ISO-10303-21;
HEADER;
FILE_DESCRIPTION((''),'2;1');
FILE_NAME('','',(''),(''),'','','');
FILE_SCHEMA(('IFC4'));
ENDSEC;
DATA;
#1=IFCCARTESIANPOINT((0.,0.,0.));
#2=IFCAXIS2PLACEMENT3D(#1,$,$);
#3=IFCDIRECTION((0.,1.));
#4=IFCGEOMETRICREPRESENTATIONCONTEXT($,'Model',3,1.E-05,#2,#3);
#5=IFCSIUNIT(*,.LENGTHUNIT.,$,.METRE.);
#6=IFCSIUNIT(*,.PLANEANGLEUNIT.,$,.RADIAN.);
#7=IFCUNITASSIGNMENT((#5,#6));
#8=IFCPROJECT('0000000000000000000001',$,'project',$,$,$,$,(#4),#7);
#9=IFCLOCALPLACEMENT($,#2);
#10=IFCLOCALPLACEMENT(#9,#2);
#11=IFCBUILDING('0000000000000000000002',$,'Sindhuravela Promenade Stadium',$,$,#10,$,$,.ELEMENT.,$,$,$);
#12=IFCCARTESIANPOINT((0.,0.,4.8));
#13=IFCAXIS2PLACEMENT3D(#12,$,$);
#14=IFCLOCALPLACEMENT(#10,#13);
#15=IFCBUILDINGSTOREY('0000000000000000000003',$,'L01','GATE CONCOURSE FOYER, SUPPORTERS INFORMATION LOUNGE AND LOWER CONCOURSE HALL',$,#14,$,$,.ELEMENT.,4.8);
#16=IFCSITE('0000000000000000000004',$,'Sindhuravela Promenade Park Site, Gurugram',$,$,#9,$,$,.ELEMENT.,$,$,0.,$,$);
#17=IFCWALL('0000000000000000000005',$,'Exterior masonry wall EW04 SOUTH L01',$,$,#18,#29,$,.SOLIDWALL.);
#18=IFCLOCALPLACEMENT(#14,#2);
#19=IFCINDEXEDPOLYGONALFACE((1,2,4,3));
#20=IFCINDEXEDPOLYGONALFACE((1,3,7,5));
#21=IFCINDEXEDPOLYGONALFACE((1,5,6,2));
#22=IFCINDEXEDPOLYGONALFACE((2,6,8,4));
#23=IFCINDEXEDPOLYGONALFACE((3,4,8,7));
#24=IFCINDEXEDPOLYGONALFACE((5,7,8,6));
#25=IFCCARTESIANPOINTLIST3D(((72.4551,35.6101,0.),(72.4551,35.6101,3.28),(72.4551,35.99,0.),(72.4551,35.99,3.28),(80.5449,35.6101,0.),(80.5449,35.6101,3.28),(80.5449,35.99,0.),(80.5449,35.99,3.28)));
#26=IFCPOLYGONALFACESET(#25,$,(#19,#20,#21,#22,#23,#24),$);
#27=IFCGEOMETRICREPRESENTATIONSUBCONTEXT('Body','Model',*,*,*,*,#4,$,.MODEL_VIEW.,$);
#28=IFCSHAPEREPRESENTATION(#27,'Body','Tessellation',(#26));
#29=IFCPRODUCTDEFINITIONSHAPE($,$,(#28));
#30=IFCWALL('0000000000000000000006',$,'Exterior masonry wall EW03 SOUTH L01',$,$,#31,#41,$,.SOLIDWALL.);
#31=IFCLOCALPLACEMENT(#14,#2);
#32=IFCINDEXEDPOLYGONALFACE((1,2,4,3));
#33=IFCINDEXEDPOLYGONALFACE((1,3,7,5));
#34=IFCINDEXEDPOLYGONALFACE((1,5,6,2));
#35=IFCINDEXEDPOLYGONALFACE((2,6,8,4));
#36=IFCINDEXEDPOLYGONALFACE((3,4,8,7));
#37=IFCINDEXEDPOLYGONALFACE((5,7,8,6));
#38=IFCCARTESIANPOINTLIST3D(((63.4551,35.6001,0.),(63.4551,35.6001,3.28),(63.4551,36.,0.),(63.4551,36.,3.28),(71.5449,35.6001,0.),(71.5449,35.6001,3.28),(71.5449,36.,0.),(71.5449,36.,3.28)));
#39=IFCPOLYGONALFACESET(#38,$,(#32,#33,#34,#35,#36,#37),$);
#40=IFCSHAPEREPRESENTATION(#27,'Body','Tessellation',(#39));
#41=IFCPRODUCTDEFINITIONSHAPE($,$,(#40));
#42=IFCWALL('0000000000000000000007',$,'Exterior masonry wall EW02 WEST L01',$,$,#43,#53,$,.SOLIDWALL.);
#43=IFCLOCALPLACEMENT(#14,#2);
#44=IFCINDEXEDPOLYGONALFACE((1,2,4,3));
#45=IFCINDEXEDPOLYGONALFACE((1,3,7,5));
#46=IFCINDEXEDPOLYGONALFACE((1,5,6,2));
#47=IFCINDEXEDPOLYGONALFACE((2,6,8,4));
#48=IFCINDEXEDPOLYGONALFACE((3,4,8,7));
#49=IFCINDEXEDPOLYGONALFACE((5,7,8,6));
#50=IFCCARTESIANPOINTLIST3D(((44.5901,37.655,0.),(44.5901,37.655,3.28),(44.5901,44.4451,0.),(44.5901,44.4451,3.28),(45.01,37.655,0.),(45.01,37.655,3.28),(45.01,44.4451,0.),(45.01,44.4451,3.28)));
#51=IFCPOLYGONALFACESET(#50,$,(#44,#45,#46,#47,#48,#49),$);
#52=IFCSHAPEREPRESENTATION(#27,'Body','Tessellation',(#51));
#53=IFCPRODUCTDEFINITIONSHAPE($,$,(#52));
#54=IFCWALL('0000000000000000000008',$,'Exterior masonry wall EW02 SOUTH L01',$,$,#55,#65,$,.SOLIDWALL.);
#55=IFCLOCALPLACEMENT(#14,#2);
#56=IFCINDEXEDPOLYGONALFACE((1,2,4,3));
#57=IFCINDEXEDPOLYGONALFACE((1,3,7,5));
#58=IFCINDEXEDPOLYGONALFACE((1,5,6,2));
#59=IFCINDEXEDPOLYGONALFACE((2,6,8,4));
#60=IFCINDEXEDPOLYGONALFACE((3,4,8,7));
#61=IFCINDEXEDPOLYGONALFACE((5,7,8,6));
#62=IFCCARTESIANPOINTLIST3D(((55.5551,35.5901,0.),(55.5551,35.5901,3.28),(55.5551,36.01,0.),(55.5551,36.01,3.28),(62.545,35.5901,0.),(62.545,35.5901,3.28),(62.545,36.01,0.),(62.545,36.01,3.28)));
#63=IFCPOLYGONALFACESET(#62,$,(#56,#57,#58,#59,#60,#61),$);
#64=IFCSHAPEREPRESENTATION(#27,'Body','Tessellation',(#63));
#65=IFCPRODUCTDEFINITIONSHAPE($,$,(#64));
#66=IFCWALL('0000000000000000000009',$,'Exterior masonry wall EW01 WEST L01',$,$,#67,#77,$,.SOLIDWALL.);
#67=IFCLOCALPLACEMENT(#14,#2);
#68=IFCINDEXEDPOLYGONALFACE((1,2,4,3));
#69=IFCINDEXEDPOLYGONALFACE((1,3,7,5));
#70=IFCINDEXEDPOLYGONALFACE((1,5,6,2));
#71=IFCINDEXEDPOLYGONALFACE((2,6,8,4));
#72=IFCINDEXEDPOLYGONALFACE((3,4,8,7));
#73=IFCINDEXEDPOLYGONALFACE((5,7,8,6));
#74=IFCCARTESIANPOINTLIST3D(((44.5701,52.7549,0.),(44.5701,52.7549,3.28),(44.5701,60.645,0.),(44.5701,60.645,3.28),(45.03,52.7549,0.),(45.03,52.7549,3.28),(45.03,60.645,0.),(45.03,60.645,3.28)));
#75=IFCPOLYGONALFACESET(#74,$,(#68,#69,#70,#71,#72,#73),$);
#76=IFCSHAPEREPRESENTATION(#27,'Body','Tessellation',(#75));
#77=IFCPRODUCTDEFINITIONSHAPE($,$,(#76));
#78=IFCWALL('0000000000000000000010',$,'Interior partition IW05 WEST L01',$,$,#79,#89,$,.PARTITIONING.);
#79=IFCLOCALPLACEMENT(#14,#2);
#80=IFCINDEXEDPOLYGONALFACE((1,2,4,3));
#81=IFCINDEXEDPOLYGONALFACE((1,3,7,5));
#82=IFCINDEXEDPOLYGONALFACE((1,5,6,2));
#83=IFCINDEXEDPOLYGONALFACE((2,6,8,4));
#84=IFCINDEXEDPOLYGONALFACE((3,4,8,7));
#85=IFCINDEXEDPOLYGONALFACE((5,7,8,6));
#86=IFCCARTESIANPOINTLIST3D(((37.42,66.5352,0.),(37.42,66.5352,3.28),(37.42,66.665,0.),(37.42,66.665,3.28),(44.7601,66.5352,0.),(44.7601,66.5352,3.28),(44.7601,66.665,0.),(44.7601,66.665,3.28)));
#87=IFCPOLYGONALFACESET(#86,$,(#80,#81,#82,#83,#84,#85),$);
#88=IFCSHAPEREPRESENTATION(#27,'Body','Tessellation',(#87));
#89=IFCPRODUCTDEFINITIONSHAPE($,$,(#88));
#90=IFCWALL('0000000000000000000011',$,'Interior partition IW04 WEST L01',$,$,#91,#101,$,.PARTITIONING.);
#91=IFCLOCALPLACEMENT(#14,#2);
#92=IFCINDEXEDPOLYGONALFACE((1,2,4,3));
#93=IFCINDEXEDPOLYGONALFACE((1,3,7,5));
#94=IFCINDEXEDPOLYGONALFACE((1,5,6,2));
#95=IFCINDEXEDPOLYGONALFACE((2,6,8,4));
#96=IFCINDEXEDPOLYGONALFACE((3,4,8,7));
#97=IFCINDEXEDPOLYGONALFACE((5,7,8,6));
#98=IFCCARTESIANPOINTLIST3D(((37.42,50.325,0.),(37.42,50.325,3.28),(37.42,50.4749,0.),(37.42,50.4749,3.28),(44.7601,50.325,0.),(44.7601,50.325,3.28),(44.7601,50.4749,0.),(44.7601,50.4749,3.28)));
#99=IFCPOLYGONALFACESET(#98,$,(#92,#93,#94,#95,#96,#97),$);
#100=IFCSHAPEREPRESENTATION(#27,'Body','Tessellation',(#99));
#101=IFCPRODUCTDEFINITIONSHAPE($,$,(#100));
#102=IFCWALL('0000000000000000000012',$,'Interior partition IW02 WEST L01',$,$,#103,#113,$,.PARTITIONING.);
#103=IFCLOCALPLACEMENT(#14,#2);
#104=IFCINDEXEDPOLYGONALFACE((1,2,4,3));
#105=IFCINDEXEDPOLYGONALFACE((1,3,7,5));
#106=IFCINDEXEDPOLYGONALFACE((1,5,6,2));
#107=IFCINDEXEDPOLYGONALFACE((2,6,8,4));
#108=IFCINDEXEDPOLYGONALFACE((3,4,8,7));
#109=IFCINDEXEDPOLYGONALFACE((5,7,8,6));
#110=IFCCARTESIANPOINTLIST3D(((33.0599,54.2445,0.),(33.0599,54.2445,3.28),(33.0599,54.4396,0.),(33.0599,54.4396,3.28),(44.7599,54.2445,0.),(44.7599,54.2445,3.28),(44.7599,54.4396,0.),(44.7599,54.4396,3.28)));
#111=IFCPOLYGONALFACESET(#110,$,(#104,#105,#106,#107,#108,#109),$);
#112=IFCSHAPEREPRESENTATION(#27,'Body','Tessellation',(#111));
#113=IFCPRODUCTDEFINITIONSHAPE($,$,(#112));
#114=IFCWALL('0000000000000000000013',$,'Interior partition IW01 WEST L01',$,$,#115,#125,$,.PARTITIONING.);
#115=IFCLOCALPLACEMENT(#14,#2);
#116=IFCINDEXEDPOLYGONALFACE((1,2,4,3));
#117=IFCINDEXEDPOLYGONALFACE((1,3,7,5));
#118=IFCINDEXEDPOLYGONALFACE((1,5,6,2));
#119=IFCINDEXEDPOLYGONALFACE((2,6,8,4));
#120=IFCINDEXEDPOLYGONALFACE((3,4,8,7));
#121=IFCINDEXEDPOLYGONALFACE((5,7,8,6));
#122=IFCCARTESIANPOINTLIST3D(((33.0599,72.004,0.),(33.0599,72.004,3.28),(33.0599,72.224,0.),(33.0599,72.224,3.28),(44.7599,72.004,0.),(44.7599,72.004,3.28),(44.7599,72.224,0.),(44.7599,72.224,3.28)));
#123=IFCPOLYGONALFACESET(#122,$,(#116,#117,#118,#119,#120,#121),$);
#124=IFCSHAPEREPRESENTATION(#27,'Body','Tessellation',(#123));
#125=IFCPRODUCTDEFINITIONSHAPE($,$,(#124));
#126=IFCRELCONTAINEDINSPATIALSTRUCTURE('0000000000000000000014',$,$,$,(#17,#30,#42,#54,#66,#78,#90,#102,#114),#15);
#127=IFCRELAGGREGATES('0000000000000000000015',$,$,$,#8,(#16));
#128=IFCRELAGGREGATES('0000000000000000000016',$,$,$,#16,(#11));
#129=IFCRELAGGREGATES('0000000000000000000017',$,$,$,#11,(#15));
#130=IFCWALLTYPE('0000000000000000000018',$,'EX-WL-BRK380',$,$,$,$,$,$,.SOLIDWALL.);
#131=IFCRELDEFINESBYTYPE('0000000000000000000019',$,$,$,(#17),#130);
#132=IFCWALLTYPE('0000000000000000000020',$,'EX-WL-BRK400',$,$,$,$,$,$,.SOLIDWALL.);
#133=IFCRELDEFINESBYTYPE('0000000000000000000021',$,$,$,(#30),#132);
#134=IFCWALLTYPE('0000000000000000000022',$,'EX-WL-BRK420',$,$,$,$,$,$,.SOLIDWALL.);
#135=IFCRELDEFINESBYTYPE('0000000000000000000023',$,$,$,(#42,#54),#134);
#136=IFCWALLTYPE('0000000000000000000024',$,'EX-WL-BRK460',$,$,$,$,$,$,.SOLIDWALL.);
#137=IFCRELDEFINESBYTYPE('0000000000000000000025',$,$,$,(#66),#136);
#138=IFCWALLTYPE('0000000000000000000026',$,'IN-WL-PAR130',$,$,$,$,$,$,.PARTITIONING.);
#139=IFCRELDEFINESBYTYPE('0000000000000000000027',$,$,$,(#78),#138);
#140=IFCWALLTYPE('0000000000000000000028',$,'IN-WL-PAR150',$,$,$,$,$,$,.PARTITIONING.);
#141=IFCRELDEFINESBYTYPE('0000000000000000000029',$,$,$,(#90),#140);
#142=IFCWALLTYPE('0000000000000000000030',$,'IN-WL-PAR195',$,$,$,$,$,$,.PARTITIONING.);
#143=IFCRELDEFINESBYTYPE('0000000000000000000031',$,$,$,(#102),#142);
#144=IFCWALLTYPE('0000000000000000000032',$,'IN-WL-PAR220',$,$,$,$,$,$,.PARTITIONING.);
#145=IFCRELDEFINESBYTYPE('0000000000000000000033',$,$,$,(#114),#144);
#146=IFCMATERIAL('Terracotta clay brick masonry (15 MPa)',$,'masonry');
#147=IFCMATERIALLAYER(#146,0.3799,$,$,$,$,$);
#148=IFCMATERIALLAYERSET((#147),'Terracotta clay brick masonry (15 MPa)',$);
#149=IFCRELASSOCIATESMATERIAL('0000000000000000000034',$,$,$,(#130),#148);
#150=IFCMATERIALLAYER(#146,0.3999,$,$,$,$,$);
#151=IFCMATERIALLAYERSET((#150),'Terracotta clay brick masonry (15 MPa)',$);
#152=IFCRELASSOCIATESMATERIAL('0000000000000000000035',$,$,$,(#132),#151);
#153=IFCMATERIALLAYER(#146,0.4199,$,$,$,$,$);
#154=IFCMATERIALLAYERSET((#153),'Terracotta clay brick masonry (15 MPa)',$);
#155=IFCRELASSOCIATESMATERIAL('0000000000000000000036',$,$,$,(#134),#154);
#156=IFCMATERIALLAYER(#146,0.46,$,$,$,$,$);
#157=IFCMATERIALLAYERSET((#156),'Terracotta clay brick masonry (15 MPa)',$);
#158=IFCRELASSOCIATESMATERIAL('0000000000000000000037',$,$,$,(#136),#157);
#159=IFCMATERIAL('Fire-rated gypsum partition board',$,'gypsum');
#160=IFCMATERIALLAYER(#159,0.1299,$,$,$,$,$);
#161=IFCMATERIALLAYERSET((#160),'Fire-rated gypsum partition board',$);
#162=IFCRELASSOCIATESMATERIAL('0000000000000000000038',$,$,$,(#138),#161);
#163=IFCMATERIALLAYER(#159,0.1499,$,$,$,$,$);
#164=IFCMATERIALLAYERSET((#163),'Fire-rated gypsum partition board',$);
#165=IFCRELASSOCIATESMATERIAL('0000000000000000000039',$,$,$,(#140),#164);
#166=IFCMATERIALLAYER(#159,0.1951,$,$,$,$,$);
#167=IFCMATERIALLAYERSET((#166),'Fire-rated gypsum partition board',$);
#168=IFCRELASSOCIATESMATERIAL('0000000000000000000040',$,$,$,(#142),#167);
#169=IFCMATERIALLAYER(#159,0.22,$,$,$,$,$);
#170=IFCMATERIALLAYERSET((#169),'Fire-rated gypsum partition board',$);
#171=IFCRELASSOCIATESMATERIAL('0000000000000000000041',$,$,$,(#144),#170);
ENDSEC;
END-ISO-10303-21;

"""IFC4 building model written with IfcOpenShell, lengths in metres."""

from ifc_helpers import new_model, si_unit, direction, frame, frame_2d, origin, place, context, subcontext, project, spatial, rectangle, extrude, material, layer, layer_set, type_object, element, save


model = new_model("IFC4")

# Units and contexts
model_context = context("Model", 3, precision=1e-05, world=origin(), true_north=direction((0.0, 1.0)))
body_context = subcontext(model_context, "Body", "Model", "MODEL_VIEW")
ifc_project = project(units=[si_unit("LENGTHUNIT", "METRE"), si_unit("PLANEANGLEUNIT", "RADIAN")], contexts=[model_context])

# Site, building, storey
site_placement = place(None, origin())
site = spatial("IfcSite", under=ifc_project, at=site_placement, Name="Sindhuravela Promenade Park Site, Gurugram", CompositionType="ELEMENT", RefElevation=0.0)
building_placement = place(site_placement, origin())
building = spatial("IfcBuilding", under=site, at=building_placement, Name="Sindhuravela Promenade Stadium", CompositionType="ELEMENT")
storey_placement = place(building_placement, frame((0.0, 0.0, 4.8)))
storey = spatial("IfcBuildingStorey", under=building, at=storey_placement, Name="L01", Description="GATE CONCOURSE FOYER, SUPPORTERS INFORMATION LOUNGE AND LOWER CONCOURSE HALL", CompositionType="ELEMENT", Elevation=4.8)

# Walls
ifc_material_1 = material(Name="Terracotta clay brick masonry (15 MPa)", Category="masonry")
ifc_layer_1 = layer(ifc_material_1, 0.3799)
ifc_layer_set_1 = layer_set([ifc_layer_1], Name="Terracotta clay brick masonry (15 MPa)")
wall_type_1 = type_object("IfcWallType", Name="EX-WL-BRK380", PredefinedType="SOLIDWALL", material=ifc_layer_set_1)
wall_1_placement = place(storey_placement, frame((72.4551, 35.8, 0.0), z_axis=(0.0, 0.0, 1.0), x_axis=(1.0, 0.0, 0.0)))
element("IfcWall", 1, at=wall_1_placement, inside=storey, type_object=wall_type_1, Name="Exterior masonry wall EW04 SOUTH L01", PredefinedType="SOLIDWALL", context=body_context, shape_type="SweptSolid", body=[
    extrude(rectangle(XDim=8.0898, YDim=0.3799, at=frame_2d((4.0449, 0.0))), origin(), (0.0, 0.0, 1.0), 3.28),
])
ifc_layer_2 = layer(ifc_material_1, 0.3999)
ifc_layer_set_2 = layer_set([ifc_layer_2], Name="Terracotta clay brick masonry (15 MPa)")
wall_type_2 = type_object("IfcWallType", Name="EX-WL-BRK400", PredefinedType="SOLIDWALL", material=ifc_layer_set_2)
wall_2_placement = place(storey_placement, frame((63.4551, 35.8, 0.0), z_axis=(0.0, 0.0, 1.0), x_axis=(1.0, 0.0, 0.0)))
element("IfcWall", 2, at=wall_2_placement, inside=storey, type_object=wall_type_2, Name="Exterior masonry wall EW03 SOUTH L01", PredefinedType="SOLIDWALL", context=body_context, shape_type="SweptSolid", body=[
    extrude(rectangle(XDim=8.0898, YDim=0.3999, at=frame_2d((4.0449, 0.0))), origin(), (0.0, 0.0, 1.0), 3.28),
])
ifc_layer_3 = layer(ifc_material_1, 0.4199)
ifc_layer_set_3 = layer_set([ifc_layer_3], Name="Terracotta clay brick masonry (15 MPa)")
wall_type_3 = type_object("IfcWallType", Name="EX-WL-BRK420", PredefinedType="SOLIDWALL", material=ifc_layer_set_3)
wall_3_placement = place(storey_placement, frame((44.8, 44.4451, 0.0), z_axis=(0.0, 0.0, 1.0), x_axis=(0.0, -1.0, 0.0)))
element("IfcWall", 3, at=wall_3_placement, inside=storey, type_object=wall_type_3, Name="Exterior masonry wall EW02 WEST L01", PredefinedType="SOLIDWALL", context=body_context, shape_type="SweptSolid", body=[
    extrude(rectangle(XDim=6.79, YDim=0.4199, at=frame_2d((3.395, 0.0))), origin(), (0.0, 0.0, 1.0), 3.28),
])
wall_4_placement = place(storey_placement, frame((55.5549, 35.8, 0.0), z_axis=(0.0, 0.0, 1.0), x_axis=(1.0, 0.0, 0.0)))
element("IfcWall", 4, at=wall_4_placement, inside=storey, type_object=wall_type_3, Name="Exterior masonry wall EW02 SOUTH L01", PredefinedType="SOLIDWALL", context=body_context, shape_type="SweptSolid", body=[
    extrude(rectangle(XDim=6.99, YDim=0.4199, at=frame_2d((3.4951, 0.0))), origin(), (0.0, 0.0, 1.0), 3.28),
])
ifc_layer_4 = layer(ifc_material_1, 0.46)
ifc_layer_set_4 = layer_set([ifc_layer_4], Name="Terracotta clay brick masonry (15 MPa)")
wall_type_4 = type_object("IfcWallType", Name="EX-WL-BRK460", PredefinedType="SOLIDWALL", material=ifc_layer_set_4)
wall_5_placement = place(storey_placement, frame((44.8, 60.645, 0.0), z_axis=(0.0, 0.0, 1.0), x_axis=(0.0, -1.0, 0.0)))
element("IfcWall", 5, at=wall_5_placement, inside=storey, type_object=wall_type_4, Name="Exterior masonry wall EW01 WEST L01", PredefinedType="SOLIDWALL", context=body_context, shape_type="SweptSolid", body=[
    extrude(rectangle(XDim=7.8901, YDim=0.46, at=frame_2d((3.9451, 0.0))), origin(), (0.0, 0.0, 1.0), 3.28),
])
ifc_material_2 = material(Name="Fire-rated gypsum partition board", Category="gypsum")
ifc_layer_5 = layer(ifc_material_2, 0.1299)
ifc_layer_set_5 = layer_set([ifc_layer_5], Name="Fire-rated gypsum partition board")
wall_type_5 = type_object("IfcWallType", Name="IN-WL-PAR130", PredefinedType="PARTITIONING", material=ifc_layer_set_5)
wall_6_placement = place(storey_placement, frame((44.76, 66.6001, 0.0), z_axis=(0.0, 0.0, 1.0), x_axis=(-1.0, 0.0, 0.0)))
element("IfcWall", 6, at=wall_6_placement, inside=storey, type_object=wall_type_5, Name="Interior partition IW05 WEST L01", PredefinedType="PARTITIONING", context=body_context, shape_type="SweptSolid", body=[
    extrude(rectangle(XDim=7.3401, YDim=0.1299, at=frame_2d((3.6699, 0.0))), origin(), (0.0, 0.0, 1.0), 3.28),
])
ifc_layer_6 = layer(ifc_material_2, 0.1499)
ifc_layer_set_6 = layer_set([ifc_layer_6], Name="Fire-rated gypsum partition board")
wall_type_6 = type_object("IfcWallType", Name="IN-WL-PAR150", PredefinedType="PARTITIONING", material=ifc_layer_set_6)
wall_7_placement = place(storey_placement, frame((44.76, 50.3999, 0.0), z_axis=(0.0, 0.0, 1.0), x_axis=(-1.0, 0.0, 0.0)))
element("IfcWall", 7, at=wall_7_placement, inside=storey, type_object=wall_type_6, Name="Interior partition IW04 WEST L01", PredefinedType="PARTITIONING", context=body_context, shape_type="SweptSolid", body=[
    extrude(rectangle(XDim=7.3401, YDim=0.1499, at=frame_2d((3.6699, 0.0))), origin(), (0.0, 0.0, 1.0), 3.28),
])
ifc_layer_7 = layer(ifc_material_2, 0.1951)
ifc_layer_set_7 = layer_set([ifc_layer_7], Name="Fire-rated gypsum partition board")
wall_type_7 = type_object("IfcWallType", Name="IN-WL-PAR195", PredefinedType="PARTITIONING", material=ifc_layer_set_7)
wall_8_placement = place(storey_placement, frame((44.76, 54.342, 0.0), z_axis=(0.0, 0.0, 1.0), x_axis=(-1.0, 0.0, 0.0)))
element("IfcWall", 8, at=wall_8_placement, inside=storey, type_object=wall_type_7, Name="Interior partition IW02 WEST L01", PredefinedType="PARTITIONING", context=body_context, shape_type="SweptSolid", body=[
    extrude(rectangle(XDim=11.7, YDim=0.1951, at=frame_2d((5.8501, 0.0))), origin(), (0.0, 0.0, 1.0), 3.28),
])
ifc_layer_8 = layer(ifc_material_2, 0.22)
ifc_layer_set_8 = layer_set([ifc_layer_8], Name="Fire-rated gypsum partition board")
wall_type_8 = type_object("IfcWallType", Name="IN-WL-PAR220", PredefinedType="PARTITIONING", material=ifc_layer_set_8)
wall_9_placement = place(storey_placement, frame((44.76, 72.114, 0.0), z_axis=(0.0, 0.0, 1.0), x_axis=(-1.0, 0.0, 0.0)))
element("IfcWall", 9, at=wall_9_placement, inside=storey, type_object=wall_type_8, Name="Interior partition IW01 WEST L01", PredefinedType="PARTITIONING", context=body_context, shape_type="SweptSolid", body=[
    extrude(rectangle(XDim=11.7, YDim=0.22, at=frame_2d((5.8501, 0.0))), origin(), (0.0, 0.0, 1.0), 3.28),
])

save(model, "model.ifc")
